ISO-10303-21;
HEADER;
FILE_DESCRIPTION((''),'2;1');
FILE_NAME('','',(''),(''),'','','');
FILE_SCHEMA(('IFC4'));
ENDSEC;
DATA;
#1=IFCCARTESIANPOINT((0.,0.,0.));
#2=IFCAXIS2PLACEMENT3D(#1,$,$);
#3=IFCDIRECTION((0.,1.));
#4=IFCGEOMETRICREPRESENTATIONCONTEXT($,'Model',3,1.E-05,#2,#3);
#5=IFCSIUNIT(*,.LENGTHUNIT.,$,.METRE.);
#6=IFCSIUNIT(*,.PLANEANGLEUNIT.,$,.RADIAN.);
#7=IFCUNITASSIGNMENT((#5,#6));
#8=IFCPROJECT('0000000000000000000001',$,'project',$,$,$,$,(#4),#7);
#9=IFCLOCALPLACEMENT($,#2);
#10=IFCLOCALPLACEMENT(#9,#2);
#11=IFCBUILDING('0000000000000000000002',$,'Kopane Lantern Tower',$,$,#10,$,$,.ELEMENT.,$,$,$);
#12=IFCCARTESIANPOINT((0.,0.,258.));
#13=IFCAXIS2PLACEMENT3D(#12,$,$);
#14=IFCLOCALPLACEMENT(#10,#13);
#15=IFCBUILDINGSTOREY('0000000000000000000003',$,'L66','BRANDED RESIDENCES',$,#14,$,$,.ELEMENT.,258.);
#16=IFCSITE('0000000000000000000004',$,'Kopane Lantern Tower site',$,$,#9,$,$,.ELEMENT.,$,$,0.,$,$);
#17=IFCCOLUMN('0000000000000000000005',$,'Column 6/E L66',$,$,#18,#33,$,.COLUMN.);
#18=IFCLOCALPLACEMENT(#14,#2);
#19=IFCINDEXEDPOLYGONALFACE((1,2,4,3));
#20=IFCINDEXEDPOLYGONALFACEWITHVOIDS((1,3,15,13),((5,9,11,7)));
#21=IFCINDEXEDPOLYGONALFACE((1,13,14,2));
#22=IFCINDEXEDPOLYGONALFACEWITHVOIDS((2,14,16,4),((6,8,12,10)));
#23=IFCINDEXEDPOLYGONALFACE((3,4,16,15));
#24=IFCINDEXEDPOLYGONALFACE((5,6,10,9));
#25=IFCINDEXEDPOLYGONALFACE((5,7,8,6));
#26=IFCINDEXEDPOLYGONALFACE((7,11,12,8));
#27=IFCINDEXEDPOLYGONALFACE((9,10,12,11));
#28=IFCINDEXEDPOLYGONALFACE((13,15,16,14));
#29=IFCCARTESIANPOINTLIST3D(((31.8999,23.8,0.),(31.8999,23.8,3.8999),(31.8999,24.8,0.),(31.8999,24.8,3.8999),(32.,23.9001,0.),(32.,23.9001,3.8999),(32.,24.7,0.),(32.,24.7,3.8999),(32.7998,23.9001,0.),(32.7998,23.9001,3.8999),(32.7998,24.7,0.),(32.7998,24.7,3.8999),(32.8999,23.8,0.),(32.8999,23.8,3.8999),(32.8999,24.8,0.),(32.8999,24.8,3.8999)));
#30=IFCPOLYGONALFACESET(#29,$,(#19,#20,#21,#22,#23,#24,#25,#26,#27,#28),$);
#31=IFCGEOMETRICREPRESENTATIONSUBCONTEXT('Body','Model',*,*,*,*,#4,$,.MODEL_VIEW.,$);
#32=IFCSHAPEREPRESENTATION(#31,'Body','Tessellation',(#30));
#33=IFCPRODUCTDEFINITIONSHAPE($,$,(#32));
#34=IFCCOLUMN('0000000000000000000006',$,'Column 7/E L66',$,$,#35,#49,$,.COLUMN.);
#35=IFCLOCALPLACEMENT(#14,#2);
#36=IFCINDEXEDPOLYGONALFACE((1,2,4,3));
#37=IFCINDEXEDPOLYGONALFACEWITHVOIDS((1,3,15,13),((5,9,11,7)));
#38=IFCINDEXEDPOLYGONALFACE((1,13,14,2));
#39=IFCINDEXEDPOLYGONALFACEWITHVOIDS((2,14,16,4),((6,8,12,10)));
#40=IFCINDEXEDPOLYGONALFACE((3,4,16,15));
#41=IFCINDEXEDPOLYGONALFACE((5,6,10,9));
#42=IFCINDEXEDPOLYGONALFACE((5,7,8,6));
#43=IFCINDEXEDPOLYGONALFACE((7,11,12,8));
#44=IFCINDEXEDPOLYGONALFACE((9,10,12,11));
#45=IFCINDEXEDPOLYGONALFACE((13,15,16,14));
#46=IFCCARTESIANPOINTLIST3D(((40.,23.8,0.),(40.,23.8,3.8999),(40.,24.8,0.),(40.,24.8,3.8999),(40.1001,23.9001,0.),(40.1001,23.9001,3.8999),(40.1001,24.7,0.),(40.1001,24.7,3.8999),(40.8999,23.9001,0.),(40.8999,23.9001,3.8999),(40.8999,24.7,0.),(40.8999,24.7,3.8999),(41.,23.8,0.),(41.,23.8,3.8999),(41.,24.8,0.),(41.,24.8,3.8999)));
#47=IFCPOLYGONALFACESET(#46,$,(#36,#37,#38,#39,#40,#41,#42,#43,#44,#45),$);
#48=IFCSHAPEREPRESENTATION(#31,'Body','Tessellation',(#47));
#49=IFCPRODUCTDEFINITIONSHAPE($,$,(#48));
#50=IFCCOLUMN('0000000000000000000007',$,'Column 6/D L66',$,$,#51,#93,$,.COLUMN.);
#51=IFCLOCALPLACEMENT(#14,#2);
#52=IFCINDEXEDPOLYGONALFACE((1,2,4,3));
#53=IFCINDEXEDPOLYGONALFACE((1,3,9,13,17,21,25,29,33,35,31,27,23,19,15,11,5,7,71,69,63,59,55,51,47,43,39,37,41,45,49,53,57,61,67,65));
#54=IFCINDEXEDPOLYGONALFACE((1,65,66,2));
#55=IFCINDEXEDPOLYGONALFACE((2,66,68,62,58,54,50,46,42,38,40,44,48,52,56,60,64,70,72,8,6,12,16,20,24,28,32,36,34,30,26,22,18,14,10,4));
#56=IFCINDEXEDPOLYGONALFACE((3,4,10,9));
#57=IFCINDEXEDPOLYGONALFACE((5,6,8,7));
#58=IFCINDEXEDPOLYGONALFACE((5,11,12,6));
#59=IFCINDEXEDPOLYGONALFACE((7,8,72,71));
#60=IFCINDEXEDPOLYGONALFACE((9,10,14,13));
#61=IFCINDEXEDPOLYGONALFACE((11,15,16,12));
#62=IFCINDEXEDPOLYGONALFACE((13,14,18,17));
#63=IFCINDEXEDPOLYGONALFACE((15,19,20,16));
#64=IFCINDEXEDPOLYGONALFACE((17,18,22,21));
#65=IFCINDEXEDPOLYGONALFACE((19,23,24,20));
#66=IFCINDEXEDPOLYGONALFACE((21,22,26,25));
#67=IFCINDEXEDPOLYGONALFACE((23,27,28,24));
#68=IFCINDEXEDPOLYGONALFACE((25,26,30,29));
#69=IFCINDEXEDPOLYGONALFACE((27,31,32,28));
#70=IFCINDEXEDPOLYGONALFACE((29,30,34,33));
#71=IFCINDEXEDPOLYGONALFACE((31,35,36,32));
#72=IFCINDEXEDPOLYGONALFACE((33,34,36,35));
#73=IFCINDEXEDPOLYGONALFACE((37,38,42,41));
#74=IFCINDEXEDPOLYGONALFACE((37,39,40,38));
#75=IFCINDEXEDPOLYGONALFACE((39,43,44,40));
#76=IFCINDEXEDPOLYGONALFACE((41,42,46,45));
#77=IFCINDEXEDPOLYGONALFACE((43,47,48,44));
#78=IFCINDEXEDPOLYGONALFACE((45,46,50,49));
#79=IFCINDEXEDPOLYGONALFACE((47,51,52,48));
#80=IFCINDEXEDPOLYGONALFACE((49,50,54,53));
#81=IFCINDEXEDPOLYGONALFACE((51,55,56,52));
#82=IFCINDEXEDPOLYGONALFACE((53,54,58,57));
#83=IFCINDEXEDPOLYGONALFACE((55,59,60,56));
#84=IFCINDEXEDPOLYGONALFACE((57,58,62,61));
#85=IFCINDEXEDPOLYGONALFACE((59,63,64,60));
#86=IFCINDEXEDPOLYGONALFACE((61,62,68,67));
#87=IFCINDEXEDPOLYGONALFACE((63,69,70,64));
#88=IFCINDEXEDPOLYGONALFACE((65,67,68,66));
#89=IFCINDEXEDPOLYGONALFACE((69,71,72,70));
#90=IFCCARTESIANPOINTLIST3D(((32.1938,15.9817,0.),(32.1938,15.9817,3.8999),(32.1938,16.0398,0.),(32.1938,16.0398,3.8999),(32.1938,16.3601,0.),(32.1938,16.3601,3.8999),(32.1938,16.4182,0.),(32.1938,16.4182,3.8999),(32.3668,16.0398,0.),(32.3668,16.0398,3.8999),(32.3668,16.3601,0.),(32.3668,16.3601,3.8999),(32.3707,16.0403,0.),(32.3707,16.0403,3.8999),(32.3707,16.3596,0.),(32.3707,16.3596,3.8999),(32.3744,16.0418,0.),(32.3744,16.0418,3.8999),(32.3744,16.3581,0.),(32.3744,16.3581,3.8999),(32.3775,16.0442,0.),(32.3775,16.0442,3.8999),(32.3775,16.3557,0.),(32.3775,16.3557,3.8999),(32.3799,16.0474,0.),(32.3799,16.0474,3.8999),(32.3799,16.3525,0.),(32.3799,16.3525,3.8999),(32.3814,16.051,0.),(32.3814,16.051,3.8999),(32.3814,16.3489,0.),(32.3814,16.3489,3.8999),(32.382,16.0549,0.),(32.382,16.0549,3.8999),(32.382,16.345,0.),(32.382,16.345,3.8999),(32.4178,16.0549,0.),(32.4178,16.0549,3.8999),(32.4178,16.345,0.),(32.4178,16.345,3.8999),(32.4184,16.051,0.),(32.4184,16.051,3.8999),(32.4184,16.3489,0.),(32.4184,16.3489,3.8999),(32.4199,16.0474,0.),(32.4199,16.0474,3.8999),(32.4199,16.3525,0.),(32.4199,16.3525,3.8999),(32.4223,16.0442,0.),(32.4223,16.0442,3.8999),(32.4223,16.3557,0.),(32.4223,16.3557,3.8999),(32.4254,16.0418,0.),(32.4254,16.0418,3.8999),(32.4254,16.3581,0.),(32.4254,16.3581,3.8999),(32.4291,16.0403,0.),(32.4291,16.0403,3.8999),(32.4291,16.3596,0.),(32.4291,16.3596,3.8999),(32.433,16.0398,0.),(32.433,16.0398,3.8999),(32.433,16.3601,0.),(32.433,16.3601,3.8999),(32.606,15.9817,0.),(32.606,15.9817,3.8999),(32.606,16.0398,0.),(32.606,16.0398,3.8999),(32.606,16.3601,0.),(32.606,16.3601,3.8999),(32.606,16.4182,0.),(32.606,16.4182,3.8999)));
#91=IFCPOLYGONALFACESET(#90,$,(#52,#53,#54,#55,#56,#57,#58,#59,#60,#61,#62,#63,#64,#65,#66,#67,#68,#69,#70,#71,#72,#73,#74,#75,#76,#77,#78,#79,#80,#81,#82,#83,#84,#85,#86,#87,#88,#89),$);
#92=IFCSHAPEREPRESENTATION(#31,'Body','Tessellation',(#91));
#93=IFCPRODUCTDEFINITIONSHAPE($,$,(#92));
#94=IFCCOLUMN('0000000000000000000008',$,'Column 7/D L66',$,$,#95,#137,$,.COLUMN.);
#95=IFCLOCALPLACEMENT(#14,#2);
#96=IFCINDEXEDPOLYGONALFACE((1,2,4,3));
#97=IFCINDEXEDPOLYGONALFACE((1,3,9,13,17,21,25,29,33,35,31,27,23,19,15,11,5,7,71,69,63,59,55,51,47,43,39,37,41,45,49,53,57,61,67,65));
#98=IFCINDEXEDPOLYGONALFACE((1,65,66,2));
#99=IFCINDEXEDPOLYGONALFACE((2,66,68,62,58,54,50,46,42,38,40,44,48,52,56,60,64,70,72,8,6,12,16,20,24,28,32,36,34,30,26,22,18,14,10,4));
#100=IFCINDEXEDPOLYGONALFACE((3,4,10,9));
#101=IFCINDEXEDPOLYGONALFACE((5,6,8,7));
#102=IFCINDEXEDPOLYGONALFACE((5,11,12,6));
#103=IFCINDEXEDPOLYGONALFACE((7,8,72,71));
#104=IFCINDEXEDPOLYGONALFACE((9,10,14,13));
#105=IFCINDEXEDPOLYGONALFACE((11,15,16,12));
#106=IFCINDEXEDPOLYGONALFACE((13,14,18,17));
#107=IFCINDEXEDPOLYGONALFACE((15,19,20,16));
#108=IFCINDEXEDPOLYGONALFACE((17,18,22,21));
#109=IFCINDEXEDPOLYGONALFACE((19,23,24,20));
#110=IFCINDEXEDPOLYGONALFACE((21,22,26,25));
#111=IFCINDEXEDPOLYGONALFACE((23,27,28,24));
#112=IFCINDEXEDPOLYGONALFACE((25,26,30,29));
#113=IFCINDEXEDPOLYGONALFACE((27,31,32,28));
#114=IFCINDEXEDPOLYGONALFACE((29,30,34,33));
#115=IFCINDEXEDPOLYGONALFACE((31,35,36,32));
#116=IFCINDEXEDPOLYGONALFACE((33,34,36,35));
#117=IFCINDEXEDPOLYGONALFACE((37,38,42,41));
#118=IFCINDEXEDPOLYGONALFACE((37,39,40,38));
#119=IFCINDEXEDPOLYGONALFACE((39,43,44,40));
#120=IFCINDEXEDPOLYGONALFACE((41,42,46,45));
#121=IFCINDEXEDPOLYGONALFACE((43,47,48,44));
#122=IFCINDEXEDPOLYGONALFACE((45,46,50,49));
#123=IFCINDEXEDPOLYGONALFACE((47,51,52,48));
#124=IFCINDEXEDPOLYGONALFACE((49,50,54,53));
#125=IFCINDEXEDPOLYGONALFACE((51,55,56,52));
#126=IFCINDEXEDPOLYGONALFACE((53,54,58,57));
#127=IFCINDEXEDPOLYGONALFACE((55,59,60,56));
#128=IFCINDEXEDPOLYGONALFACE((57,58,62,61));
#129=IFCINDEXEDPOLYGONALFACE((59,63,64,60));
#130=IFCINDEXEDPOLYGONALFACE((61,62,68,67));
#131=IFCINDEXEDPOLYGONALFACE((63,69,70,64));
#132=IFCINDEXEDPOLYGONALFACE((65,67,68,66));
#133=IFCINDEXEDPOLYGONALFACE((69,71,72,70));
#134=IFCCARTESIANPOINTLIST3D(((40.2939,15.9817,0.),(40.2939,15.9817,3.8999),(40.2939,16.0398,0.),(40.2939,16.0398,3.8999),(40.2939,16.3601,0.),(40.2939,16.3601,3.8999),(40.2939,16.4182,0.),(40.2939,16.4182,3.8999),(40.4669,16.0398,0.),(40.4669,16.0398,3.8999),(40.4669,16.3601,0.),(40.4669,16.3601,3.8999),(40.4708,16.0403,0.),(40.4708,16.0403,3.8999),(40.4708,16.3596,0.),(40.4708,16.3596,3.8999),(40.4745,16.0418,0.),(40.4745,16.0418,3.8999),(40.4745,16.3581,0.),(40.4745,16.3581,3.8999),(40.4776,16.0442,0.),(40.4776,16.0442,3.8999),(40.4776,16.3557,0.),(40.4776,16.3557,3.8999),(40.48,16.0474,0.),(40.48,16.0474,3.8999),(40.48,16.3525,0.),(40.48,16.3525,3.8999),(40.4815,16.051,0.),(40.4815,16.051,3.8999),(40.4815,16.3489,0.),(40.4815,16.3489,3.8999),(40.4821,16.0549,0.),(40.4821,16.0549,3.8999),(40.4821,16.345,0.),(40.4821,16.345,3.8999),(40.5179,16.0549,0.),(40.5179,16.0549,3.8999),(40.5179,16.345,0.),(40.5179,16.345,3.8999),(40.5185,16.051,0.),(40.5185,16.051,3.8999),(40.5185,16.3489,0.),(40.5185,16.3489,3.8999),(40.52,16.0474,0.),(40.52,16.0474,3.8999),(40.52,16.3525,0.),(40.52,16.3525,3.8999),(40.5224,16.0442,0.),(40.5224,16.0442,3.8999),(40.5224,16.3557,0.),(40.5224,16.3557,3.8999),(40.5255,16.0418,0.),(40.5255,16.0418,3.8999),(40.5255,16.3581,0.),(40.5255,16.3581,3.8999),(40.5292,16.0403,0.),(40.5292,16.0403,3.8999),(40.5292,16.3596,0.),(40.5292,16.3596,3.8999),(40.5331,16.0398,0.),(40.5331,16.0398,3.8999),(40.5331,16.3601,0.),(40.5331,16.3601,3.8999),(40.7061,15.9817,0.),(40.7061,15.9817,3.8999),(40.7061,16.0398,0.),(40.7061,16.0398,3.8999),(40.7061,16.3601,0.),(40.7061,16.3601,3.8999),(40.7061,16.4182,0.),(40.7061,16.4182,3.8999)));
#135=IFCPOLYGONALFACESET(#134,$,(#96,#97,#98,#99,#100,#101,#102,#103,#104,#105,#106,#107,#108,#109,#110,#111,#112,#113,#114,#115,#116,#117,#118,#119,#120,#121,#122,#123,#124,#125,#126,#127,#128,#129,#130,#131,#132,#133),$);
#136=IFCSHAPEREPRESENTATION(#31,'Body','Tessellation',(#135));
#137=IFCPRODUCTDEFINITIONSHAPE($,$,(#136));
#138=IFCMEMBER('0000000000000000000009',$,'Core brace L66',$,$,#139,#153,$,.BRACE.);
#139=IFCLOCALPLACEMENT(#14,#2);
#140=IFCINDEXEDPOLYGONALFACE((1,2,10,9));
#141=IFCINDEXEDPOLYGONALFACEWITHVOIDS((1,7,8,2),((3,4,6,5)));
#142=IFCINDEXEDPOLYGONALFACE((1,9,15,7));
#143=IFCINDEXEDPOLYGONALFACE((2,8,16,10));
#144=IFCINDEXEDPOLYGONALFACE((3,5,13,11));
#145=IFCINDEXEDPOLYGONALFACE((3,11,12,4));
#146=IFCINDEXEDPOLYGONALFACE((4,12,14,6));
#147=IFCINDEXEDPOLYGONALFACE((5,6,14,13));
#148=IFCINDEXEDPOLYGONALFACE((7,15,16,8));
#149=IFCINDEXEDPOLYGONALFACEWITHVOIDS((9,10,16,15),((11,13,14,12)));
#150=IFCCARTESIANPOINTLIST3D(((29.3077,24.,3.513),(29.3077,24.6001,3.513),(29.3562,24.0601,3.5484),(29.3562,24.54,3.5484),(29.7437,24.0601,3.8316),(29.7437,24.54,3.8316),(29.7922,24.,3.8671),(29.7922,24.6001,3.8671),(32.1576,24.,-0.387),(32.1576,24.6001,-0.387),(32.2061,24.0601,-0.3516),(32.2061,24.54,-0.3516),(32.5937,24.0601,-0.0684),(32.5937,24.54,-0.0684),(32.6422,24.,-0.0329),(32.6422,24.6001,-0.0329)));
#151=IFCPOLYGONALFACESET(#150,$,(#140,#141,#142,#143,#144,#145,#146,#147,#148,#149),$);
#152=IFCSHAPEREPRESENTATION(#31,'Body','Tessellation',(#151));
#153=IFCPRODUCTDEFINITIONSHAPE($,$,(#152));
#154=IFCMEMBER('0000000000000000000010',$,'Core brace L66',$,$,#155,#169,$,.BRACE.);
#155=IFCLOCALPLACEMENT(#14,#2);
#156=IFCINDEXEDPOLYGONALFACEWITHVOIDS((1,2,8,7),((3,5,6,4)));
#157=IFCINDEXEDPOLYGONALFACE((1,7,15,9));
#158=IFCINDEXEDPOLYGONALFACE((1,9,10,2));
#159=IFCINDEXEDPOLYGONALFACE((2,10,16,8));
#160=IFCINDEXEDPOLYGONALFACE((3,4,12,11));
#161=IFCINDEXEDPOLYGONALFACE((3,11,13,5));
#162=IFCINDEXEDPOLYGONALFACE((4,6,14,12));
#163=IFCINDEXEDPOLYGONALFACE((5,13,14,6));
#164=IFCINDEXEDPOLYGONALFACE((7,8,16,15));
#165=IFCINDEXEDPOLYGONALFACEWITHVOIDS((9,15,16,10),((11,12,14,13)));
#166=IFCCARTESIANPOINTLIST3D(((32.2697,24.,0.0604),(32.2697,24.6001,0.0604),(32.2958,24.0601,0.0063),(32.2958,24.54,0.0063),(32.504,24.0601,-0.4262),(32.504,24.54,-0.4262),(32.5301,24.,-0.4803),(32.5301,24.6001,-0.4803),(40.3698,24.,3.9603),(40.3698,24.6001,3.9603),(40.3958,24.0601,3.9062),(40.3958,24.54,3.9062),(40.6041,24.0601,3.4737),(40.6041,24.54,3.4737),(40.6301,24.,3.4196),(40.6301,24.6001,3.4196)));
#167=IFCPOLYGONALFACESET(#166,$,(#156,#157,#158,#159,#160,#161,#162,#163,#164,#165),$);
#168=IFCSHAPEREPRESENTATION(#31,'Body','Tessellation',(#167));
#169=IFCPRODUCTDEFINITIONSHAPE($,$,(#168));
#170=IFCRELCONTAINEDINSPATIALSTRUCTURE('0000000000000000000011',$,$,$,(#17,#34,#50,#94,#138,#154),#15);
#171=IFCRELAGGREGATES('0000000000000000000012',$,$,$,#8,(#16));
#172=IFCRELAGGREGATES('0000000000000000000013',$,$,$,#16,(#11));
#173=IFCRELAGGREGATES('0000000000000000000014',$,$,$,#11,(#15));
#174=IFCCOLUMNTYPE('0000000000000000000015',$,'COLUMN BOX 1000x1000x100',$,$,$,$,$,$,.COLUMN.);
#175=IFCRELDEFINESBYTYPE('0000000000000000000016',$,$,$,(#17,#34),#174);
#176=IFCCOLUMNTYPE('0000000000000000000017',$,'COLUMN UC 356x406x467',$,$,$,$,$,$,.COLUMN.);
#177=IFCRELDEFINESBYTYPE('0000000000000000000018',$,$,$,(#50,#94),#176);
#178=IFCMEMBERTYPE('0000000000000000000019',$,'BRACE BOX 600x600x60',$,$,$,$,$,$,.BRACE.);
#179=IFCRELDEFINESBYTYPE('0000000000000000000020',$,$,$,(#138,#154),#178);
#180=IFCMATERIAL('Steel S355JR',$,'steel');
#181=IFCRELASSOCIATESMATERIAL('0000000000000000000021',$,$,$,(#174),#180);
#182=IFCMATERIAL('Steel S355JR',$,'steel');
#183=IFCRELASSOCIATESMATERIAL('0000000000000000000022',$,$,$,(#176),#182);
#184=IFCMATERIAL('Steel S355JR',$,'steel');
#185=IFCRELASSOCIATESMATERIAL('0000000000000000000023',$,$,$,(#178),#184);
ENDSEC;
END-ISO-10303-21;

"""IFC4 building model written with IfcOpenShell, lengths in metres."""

from ifc_helpers import new_model, si_unit, direction, frame, origin, origin_2d, place, context, subcontext, project, spatial, hollow_rectangle, i_section, extrude, material, material_profile, profile_set, type_object, element, save


model = new_model("IFC4")

# Units and contexts
model_context = context("Model", 3, precision=1e-05, world=origin(), true_north=direction((0.0, 1.0)))
body_context = subcontext(model_context, "Body", "Model", "MODEL_VIEW")
ifc_project = project(units=[si_unit("LENGTHUNIT", "METRE"), si_unit("PLANEANGLEUNIT", "RADIAN")], contexts=[model_context])

# Site, building, storey
site_placement = place(None, origin())
site = spatial("IfcSite", under=ifc_project, at=site_placement, Name="Kopane Lantern Tower site", CompositionType="ELEMENT", RefElevation=0.0)
building_placement = place(site_placement, origin())
building = spatial("IfcBuilding", under=site, at=building_placement, Name="Kopane Lantern Tower", CompositionType="ELEMENT")
storey_placement = place(building_placement, frame((0.0, 0.0, 258.0)))
storey = spatial("IfcBuildingStorey", under=building, at=storey_placement, Name="L66", Description="BRANDED RESIDENCES", CompositionType="ELEMENT", Elevation=258.0)

# Columns
ifc_material_1 = material(Name="Steel S355JR", Category="steel")
ifc_material_profile_1 = material_profile(ifc_material_1, hollow_rectangle(XDim=1.0, YDim=1.0, WallThickness=0.1001, at=origin_2d()), Name="BOX 1000x1000x100")
ifc_profile_set_1 = profile_set([ifc_material_profile_1], Name="Steel S355JR")
column_type_1 = type_object("IfcColumnType", Name="COLUMN BOX 1000x1000x100", PredefinedType="COLUMN", material=ifc_profile_set_1)
for number, where, z_axis, x_axis, name in (
    (1, (32.3999, 24.3, 0.0), (0.0, 0.0, 1.0), (1.0, 0.0, 0.0), "Column 6/E L66"),
    (2, (40.5, 24.3, 0.0), (0.0, 0.0, 1.0), (1.0, 0.0, 0.0), "Column 7/E L66"),
):
    element("IfcColumn", number, at=place(storey_placement, frame(where, z_axis=z_axis, x_axis=x_axis)), inside=storey, type_object=column_type_1, Name=name, PredefinedType="COLUMN", context=body_context, shape_type="SweptSolid", body=[
        extrude(hollow_rectangle(XDim=1.0, YDim=1.0, WallThickness=0.1001, at=origin_2d()), origin(), (0.0, 0.0, 1.0), 3.8999),
    ])
ifc_material_2 = material(Name="Steel S355JR", Category="steel")
ifc_material_profile_2 = material_profile(ifc_material_2, i_section(OverallWidth=0.4121, OverallDepth=0.4365, WebThickness=0.0359, FlangeThickness=0.0581, FilletRadius=0.0151, at=origin_2d()), Name="UC 356x406x467")
ifc_profile_set_2 = profile_set([ifc_material_profile_2], Name="Steel S355JR")
column_type_2 = type_object("IfcColumnType", Name="COLUMN UC 356x406x467", PredefinedType="COLUMN", material=ifc_profile_set_2)
for number, where, z_axis, x_axis, name in (
    (3, (32.3999, 16.2, 0.0), (0.0, 0.0, 1.0), (1.0, 0.0, 0.0), "Column 6/D L66"),
    (4, (40.5, 16.2, 0.0), (0.0, 0.0, 1.0), (1.0, 0.0, 0.0), "Column 7/D L66"),
):
    element("IfcColumn", number, at=place(storey_placement, frame(where, z_axis=z_axis, x_axis=x_axis)), inside=storey, type_object=column_type_2, Name=name, PredefinedType="COLUMN", context=body_context, shape_type="SweptSolid", body=[
        extrude(i_section(OverallWidth=0.4121, OverallDepth=0.4365, WebThickness=0.0359, FlangeThickness=0.0581, FilletRadius=0.0151, at=origin_2d()), origin(), (0.0, 0.0, 1.0), 3.8999),
    ])

# Members
ifc_material_3 = material(Name="Steel S355JR", Category="steel")
ifc_material_profile_3 = material_profile(ifc_material_3, hollow_rectangle(XDim=0.6001, YDim=0.6001, WallThickness=0.0601, at=origin_2d()), Name="BOX 600x600x60")
ifc_profile_set_3 = profile_set([ifc_material_profile_3], Name="Steel S355JR")
member_type = type_object("IfcMemberType", Name="BRACE BOX 600x600x60", PredefinedType="BRACE", material=ifc_profile_set_3)
member_1_placement = place(storey_placement, frame((32.3999, 24.3, -0.21), z_axis=(-0.590006, 0.0, 0.807399), x_axis=(0.0, -1.0, 0.0)))
element("IfcMember", 5, at=member_1_placement, inside=storey, type_object=member_type, Name="Core brace L66", PredefinedType="BRACE", context=body_context, shape_type="SweptSolid", body=[
    extrude(hollow_rectangle(XDim=0.6001, YDim=0.6001, WallThickness=0.0601, at=origin_2d()), origin(), (0.0, 0.0, 1.0), 4.8303),
])
member_2_placement = place(storey_placement, frame((32.3999, 24.3, -0.21), z_axis=(0.901008, 0.0, 0.433803), x_axis=(0.0, 1.0, 0.0)))
element("IfcMember", 6, at=member_2_placement, inside=storey, type_object=member_type, Name="Core brace L66", PredefinedType="BRACE", context=body_context, shape_type="SweptSolid", body=[
    extrude(hollow_rectangle(XDim=0.6001, YDim=0.6001, WallThickness=0.0601, at=origin_2d()), origin(), (0.0, 0.0, 1.0), 8.99),
])

save(model, "model.ifc")
